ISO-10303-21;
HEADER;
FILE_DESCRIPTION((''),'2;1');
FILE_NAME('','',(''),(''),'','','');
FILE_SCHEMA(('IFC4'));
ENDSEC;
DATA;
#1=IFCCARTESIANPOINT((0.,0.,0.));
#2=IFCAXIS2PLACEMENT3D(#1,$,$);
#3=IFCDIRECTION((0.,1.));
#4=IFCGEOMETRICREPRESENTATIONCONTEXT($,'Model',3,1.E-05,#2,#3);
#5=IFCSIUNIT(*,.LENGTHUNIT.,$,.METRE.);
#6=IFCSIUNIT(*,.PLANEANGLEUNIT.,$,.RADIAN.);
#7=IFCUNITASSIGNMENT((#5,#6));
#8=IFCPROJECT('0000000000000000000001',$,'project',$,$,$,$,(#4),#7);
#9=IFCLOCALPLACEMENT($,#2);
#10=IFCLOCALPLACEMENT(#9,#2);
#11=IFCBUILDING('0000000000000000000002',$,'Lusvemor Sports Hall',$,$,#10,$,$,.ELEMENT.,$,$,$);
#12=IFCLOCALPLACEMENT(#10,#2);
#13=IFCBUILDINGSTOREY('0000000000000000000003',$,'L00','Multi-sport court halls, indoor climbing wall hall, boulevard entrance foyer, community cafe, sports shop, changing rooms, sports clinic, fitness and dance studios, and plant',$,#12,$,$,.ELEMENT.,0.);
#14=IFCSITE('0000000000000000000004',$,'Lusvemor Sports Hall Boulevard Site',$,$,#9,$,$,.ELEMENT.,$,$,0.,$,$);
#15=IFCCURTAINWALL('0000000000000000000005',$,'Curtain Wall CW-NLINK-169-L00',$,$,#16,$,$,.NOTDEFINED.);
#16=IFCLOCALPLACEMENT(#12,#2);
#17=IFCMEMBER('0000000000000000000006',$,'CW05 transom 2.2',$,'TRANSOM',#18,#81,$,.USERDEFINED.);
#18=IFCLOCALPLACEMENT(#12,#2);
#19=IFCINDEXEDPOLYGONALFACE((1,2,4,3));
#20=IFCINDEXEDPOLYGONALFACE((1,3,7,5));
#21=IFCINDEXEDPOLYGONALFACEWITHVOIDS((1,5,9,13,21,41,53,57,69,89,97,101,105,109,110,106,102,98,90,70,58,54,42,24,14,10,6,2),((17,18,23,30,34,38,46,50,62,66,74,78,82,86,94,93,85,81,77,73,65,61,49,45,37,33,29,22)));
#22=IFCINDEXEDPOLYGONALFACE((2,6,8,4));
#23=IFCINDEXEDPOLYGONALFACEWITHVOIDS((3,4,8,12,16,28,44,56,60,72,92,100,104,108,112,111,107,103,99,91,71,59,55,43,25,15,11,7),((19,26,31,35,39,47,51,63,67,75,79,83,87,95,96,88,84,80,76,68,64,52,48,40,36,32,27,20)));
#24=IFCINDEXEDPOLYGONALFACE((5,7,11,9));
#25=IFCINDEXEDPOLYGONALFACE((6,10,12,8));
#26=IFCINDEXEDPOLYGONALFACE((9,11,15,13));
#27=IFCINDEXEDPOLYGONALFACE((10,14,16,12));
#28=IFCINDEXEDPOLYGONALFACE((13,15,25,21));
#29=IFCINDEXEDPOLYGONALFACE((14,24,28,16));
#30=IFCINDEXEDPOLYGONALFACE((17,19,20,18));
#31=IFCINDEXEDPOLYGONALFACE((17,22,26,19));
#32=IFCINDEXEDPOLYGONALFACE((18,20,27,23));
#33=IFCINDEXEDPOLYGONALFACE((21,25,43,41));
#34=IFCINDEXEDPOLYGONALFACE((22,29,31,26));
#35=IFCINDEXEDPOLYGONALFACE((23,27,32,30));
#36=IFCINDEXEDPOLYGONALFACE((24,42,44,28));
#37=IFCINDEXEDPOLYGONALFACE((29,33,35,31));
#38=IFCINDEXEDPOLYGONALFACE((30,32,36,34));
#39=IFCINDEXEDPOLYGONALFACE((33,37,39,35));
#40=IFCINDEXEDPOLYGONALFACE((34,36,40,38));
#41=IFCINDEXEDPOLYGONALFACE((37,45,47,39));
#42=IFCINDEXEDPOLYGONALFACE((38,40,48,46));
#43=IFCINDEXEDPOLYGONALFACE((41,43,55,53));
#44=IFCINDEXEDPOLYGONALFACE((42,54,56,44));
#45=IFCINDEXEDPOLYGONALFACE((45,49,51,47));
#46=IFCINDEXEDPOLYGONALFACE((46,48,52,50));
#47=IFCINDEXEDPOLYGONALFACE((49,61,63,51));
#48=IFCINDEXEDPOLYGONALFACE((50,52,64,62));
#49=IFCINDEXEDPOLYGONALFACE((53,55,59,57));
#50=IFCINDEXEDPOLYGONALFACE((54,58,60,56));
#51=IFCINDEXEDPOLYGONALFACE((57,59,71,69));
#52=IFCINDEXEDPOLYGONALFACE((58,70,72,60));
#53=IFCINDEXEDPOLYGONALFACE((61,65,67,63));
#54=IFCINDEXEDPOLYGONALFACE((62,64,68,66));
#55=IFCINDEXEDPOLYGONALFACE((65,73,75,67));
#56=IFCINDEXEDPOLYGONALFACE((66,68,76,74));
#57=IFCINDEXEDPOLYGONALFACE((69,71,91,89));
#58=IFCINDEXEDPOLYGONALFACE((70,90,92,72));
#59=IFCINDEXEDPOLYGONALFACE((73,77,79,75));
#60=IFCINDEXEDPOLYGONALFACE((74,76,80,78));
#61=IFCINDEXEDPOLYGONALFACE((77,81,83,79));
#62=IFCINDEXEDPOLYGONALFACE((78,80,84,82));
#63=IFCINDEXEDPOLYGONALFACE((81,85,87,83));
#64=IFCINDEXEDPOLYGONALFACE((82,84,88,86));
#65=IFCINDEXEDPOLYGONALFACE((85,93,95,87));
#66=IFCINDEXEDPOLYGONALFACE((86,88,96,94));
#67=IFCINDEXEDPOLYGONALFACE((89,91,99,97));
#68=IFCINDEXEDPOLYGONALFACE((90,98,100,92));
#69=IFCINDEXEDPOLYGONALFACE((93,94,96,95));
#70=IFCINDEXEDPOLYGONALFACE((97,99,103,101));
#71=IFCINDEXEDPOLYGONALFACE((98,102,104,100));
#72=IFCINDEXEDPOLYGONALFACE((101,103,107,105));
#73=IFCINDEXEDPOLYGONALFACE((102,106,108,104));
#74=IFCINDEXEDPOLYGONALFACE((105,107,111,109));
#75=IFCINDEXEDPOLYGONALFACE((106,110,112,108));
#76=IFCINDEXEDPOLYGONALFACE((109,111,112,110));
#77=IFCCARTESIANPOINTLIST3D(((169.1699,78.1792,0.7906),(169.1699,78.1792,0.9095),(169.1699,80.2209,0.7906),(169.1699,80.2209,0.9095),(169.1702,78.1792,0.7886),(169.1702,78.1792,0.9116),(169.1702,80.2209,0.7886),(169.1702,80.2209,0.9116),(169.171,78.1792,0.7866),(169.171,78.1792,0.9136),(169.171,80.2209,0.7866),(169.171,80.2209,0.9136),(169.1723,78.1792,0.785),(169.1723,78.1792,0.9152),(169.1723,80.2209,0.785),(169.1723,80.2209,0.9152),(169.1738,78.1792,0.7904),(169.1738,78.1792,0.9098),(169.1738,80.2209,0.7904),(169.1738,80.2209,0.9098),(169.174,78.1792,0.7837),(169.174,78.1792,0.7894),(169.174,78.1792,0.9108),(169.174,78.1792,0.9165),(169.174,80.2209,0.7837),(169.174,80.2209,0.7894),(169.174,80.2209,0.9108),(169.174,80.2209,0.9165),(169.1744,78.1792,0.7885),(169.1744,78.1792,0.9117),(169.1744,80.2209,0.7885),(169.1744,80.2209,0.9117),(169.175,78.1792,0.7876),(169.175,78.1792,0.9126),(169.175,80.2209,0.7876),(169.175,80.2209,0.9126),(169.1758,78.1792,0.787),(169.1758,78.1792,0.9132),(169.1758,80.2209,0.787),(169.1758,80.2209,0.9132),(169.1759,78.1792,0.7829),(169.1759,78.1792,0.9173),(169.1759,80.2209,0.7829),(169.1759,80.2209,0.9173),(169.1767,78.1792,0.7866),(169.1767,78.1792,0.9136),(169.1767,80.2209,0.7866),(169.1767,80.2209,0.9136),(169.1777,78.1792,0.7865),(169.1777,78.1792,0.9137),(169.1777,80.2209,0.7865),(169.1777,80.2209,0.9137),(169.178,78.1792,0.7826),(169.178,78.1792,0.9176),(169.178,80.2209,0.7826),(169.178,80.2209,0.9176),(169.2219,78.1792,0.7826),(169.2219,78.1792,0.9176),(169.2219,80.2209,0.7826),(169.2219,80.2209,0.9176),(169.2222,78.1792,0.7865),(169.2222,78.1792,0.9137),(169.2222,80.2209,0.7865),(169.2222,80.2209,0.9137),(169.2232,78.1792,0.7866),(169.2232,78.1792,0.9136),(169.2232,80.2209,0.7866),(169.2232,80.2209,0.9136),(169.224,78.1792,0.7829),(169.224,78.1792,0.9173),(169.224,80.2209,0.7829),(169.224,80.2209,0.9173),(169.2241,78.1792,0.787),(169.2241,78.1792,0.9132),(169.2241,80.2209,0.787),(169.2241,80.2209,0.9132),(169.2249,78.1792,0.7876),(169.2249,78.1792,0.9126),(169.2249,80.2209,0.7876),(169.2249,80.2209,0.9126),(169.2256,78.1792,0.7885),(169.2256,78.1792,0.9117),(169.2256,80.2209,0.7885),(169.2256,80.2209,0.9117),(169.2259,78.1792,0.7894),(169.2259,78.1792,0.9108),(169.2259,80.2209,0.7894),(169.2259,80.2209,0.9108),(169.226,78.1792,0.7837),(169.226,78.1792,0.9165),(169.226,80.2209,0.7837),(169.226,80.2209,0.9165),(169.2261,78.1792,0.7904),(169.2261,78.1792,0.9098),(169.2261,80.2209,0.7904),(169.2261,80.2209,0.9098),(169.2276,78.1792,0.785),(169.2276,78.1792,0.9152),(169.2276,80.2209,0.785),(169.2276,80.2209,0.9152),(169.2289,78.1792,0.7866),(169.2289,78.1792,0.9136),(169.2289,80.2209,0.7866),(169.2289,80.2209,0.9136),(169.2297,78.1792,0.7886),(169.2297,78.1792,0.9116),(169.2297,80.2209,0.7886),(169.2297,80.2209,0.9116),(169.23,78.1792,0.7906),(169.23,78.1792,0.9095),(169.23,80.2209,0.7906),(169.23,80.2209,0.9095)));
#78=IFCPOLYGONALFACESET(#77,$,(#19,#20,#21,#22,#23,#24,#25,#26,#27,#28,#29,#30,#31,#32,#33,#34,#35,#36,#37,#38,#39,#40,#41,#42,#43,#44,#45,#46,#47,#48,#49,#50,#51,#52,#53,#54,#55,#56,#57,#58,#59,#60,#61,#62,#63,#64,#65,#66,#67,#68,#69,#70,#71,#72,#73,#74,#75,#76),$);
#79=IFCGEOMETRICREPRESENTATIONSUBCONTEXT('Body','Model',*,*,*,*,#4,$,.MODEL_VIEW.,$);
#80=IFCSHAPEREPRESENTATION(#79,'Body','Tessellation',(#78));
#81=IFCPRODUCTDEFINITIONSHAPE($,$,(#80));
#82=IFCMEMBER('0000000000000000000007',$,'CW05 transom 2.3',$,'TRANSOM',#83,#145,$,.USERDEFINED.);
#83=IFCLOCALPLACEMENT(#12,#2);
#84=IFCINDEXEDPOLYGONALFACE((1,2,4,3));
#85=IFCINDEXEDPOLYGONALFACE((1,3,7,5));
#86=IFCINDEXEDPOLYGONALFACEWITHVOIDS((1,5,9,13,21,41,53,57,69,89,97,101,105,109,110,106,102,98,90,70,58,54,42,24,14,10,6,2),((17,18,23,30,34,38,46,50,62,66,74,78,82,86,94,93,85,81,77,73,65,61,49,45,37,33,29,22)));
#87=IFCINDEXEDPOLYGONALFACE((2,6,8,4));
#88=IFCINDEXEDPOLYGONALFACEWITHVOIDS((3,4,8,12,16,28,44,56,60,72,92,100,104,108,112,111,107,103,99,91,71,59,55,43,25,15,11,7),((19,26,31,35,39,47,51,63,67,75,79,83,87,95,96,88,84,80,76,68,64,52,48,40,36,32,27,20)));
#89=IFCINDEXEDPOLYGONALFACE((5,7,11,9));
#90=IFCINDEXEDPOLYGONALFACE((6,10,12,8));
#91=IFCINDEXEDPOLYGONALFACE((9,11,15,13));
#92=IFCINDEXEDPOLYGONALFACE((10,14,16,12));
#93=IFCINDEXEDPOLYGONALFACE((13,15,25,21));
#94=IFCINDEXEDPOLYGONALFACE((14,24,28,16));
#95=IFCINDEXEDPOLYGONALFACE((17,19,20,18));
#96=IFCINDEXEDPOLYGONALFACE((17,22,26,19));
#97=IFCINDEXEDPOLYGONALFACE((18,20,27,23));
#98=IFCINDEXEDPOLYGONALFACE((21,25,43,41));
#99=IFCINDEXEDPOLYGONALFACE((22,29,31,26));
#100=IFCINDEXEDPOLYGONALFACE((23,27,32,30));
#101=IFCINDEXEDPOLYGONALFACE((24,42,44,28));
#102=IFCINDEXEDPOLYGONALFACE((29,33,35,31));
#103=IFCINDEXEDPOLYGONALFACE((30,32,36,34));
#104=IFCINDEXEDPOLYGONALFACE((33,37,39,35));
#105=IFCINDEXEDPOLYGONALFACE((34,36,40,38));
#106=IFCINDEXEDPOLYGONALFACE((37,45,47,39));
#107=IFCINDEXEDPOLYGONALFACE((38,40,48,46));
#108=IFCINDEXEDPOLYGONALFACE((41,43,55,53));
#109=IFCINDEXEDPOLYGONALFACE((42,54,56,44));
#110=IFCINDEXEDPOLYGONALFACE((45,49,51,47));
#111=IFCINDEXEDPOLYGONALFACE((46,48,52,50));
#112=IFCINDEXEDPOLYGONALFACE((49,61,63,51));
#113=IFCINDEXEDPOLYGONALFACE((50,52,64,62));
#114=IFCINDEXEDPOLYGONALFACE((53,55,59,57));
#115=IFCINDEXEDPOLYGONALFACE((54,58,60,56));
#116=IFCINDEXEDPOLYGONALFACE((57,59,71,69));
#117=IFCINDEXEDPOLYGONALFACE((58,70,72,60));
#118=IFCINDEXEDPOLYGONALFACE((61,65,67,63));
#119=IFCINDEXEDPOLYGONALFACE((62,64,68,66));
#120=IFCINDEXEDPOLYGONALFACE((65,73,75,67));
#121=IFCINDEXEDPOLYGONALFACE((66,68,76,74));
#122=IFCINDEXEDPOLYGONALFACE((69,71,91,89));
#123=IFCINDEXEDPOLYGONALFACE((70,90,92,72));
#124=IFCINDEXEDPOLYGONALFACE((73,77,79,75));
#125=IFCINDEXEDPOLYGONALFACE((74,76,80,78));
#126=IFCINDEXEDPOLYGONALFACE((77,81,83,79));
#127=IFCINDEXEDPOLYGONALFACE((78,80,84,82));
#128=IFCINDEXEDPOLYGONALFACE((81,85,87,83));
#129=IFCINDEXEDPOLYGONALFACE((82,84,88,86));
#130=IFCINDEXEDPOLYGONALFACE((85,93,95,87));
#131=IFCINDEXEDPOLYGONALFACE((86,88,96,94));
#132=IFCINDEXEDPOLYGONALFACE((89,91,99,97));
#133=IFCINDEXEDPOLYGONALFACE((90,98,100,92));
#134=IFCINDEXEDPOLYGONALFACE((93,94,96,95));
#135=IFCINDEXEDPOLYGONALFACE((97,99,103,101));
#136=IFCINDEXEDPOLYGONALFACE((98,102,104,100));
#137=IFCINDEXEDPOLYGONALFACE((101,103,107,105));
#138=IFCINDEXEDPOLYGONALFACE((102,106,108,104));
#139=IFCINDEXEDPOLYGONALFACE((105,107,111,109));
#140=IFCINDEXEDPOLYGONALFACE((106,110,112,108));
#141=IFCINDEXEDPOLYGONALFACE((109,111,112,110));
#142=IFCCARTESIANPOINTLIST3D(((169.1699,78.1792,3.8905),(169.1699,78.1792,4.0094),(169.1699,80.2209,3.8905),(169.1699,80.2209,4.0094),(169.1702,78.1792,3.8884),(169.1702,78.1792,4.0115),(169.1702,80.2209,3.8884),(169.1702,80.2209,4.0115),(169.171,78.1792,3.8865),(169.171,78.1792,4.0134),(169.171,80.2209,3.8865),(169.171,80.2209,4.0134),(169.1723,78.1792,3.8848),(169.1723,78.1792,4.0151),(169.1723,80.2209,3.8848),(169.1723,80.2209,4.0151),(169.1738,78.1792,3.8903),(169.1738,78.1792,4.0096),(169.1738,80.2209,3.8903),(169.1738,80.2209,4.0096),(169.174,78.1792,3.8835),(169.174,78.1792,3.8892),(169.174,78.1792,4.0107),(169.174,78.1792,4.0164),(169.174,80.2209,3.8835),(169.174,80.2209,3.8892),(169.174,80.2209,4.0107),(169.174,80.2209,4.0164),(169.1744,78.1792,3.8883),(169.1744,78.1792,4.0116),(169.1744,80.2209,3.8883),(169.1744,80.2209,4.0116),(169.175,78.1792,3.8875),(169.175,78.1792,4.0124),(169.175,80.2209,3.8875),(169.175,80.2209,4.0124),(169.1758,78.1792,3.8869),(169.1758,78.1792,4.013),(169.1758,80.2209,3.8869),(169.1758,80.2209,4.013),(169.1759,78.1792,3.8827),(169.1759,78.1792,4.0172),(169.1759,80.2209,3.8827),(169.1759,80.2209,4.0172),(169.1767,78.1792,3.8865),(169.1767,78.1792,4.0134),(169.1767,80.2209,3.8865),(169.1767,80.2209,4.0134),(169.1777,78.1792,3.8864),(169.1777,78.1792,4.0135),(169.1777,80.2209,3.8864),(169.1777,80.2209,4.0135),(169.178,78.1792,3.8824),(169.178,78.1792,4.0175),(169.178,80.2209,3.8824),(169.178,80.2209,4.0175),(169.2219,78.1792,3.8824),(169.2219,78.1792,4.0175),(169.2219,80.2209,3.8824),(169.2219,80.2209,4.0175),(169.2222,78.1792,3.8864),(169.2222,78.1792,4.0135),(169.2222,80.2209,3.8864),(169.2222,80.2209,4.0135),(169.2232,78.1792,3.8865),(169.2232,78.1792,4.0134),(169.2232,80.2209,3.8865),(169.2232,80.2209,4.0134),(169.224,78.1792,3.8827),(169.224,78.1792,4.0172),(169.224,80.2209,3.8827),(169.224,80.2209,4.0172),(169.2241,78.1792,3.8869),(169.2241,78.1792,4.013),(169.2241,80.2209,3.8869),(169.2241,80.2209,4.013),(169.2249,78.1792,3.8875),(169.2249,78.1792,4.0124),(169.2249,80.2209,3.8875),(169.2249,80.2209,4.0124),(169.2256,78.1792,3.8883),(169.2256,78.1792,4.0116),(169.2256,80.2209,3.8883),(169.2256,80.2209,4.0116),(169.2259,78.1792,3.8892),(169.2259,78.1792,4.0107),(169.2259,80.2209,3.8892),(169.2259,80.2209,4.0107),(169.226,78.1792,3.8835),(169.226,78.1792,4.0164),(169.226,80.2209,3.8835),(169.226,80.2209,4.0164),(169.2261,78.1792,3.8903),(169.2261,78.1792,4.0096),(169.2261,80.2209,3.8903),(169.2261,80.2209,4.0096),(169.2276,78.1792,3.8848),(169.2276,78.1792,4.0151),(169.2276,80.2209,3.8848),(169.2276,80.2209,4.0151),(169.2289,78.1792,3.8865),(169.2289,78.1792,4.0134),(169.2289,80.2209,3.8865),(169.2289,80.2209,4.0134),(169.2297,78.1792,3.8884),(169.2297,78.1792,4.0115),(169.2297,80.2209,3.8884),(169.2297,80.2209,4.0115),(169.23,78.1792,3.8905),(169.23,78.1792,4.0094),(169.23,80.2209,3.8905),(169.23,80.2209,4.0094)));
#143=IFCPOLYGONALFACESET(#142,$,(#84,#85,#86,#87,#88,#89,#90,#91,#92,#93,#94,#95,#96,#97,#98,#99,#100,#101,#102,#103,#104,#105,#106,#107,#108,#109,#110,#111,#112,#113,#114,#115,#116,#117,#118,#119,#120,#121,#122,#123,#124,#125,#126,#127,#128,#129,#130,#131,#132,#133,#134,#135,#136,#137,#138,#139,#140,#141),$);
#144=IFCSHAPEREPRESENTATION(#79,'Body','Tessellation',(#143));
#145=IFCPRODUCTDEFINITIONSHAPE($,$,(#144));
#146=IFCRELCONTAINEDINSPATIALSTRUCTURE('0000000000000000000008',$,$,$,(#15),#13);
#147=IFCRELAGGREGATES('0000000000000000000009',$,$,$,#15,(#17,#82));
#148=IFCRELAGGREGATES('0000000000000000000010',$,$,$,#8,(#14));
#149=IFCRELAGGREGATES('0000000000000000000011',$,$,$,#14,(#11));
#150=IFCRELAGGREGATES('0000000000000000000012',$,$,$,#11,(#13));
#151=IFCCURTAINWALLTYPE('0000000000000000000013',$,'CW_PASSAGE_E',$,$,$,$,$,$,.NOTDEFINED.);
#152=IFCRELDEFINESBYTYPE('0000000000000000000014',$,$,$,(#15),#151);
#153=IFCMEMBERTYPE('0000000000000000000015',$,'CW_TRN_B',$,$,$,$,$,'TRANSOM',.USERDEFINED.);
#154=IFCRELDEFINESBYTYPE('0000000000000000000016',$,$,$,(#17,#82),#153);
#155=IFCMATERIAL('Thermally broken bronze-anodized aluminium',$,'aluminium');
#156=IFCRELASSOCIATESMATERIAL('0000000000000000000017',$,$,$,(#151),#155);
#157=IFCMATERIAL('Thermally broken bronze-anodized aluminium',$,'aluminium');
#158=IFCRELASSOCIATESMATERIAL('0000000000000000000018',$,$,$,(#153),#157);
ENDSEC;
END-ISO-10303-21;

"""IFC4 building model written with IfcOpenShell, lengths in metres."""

from ifc_helpers import new_model, si_unit, direction, frame, origin, origin_2d, place, context, subcontext, project, spatial, hollow_rectangle, extrude, material, material_profile, profile_set, type_object, element, aggregate, save


model = new_model("IFC4")

# Units and contexts
model_context = context("Model", 3, precision=1e-05, world=origin(), true_north=direction((0.0, 1.0)))
body_context = subcontext(model_context, "Body", "Model", "MODEL_VIEW")
ifc_project = project(units=[si_unit("LENGTHUNIT", "METRE"), si_unit("PLANEANGLEUNIT", "RADIAN")], contexts=[model_context])

# Site, building, storey
site_placement = place(None, origin())
site = spatial("IfcSite", under=ifc_project, at=site_placement, Name="Lusvemor Sports Hall Boulevard Site", CompositionType="ELEMENT", RefElevation=0.0)
building_placement = place(site_placement, origin())
building = spatial("IfcBuilding", under=site, at=building_placement, Name="Lusvemor Sports Hall", CompositionType="ELEMENT")
storey_placement = place(building_placement, origin())
storey = spatial("IfcBuildingStorey", under=building, at=storey_placement, Name="L00", Description="Multi-sport court halls, indoor climbing wall hall, boulevard entrance foyer, community cafe, sports shop, changing rooms, sports clinic, fitness and dance studios, and plant", CompositionType="ELEMENT", Elevation=0.0)

# Curtain wall, members
ifc_material_1 = material(Name="Thermally broken bronze-anodized aluminium", Category="aluminium")
curtain_wall_type = type_object("IfcCurtainWallType", Name="CW_PASSAGE_E", PredefinedType="NOTDEFINED", material=ifc_material_1)
curtain_wall_placement = place(storey_placement, origin())
curtain_wall = element("IfcCurtainWall", 1, at=curtain_wall_placement, inside=storey, type_object=curtain_wall_type, Name="Curtain Wall CW-NLINK-169-L00", PredefinedType="NOTDEFINED")
ifc_material_2 = material(Name="Thermally broken bronze-anodized aluminium", Category="aluminium")
ifc_material_profile_1 = material_profile(ifc_material_2, hollow_rectangle(XDim=0.0601, YDim=0.135, WallThickness=0.0039, InnerFilletRadius=0.0039, OuterFilletRadius=0.0081, at=origin_2d()), Name="CWTRN135x60x4")
ifc_profile_set_1 = profile_set([ifc_material_profile_1], Name="Thermally broken bronze-anodized aluminium")
member_type_1 = type_object("IfcMemberType", Name="CW_TRN_B", ElementType="TRANSOM", PredefinedType="USERDEFINED", material=ifc_profile_set_1)
member_1_placement = place(storey_placement, frame((169.2, 78.1792, 0.8501), z_axis=(0.0, 1.0, 0.0), x_axis=(-1.0, 0.0, 0.0)))
member_1 = element("IfcMember", 2, at=member_1_placement, type_object=member_type_1, Name="CW05 transom 2.2", ObjectType="TRANSOM", PredefinedType="USERDEFINED", context=body_context, shape_type="SweptSolid", body=[
    extrude(hollow_rectangle(XDim=0.0601, YDim=0.135, WallThickness=0.0039, InnerFilletRadius=0.0039, OuterFilletRadius=0.0081, at=origin_2d()), origin(), (0.0, 0.0, 1.0), 2.0417),
])
member_2_placement = place(storey_placement, frame((169.2, 78.1792, 3.95), z_axis=(0.0, 1.0, 0.0), x_axis=(-1.0, 0.0, 0.0)))
member_2 = element("IfcMember", 3, at=member_2_placement, type_object=member_type_1, Name="CW05 transom 2.3", ObjectType="TRANSOM", PredefinedType="USERDEFINED", context=body_context, shape_type="SweptSolid", body=[
    extrude(hollow_rectangle(XDim=0.0601, YDim=0.135, WallThickness=0.0039, InnerFilletRadius=0.0039, OuterFilletRadius=0.0081, at=origin_2d()), origin(), (0.0, 0.0, 1.0), 2.0417),
])
aggregate(curtain_wall, [member_1, member_2])

save(model, "model.ifc")
